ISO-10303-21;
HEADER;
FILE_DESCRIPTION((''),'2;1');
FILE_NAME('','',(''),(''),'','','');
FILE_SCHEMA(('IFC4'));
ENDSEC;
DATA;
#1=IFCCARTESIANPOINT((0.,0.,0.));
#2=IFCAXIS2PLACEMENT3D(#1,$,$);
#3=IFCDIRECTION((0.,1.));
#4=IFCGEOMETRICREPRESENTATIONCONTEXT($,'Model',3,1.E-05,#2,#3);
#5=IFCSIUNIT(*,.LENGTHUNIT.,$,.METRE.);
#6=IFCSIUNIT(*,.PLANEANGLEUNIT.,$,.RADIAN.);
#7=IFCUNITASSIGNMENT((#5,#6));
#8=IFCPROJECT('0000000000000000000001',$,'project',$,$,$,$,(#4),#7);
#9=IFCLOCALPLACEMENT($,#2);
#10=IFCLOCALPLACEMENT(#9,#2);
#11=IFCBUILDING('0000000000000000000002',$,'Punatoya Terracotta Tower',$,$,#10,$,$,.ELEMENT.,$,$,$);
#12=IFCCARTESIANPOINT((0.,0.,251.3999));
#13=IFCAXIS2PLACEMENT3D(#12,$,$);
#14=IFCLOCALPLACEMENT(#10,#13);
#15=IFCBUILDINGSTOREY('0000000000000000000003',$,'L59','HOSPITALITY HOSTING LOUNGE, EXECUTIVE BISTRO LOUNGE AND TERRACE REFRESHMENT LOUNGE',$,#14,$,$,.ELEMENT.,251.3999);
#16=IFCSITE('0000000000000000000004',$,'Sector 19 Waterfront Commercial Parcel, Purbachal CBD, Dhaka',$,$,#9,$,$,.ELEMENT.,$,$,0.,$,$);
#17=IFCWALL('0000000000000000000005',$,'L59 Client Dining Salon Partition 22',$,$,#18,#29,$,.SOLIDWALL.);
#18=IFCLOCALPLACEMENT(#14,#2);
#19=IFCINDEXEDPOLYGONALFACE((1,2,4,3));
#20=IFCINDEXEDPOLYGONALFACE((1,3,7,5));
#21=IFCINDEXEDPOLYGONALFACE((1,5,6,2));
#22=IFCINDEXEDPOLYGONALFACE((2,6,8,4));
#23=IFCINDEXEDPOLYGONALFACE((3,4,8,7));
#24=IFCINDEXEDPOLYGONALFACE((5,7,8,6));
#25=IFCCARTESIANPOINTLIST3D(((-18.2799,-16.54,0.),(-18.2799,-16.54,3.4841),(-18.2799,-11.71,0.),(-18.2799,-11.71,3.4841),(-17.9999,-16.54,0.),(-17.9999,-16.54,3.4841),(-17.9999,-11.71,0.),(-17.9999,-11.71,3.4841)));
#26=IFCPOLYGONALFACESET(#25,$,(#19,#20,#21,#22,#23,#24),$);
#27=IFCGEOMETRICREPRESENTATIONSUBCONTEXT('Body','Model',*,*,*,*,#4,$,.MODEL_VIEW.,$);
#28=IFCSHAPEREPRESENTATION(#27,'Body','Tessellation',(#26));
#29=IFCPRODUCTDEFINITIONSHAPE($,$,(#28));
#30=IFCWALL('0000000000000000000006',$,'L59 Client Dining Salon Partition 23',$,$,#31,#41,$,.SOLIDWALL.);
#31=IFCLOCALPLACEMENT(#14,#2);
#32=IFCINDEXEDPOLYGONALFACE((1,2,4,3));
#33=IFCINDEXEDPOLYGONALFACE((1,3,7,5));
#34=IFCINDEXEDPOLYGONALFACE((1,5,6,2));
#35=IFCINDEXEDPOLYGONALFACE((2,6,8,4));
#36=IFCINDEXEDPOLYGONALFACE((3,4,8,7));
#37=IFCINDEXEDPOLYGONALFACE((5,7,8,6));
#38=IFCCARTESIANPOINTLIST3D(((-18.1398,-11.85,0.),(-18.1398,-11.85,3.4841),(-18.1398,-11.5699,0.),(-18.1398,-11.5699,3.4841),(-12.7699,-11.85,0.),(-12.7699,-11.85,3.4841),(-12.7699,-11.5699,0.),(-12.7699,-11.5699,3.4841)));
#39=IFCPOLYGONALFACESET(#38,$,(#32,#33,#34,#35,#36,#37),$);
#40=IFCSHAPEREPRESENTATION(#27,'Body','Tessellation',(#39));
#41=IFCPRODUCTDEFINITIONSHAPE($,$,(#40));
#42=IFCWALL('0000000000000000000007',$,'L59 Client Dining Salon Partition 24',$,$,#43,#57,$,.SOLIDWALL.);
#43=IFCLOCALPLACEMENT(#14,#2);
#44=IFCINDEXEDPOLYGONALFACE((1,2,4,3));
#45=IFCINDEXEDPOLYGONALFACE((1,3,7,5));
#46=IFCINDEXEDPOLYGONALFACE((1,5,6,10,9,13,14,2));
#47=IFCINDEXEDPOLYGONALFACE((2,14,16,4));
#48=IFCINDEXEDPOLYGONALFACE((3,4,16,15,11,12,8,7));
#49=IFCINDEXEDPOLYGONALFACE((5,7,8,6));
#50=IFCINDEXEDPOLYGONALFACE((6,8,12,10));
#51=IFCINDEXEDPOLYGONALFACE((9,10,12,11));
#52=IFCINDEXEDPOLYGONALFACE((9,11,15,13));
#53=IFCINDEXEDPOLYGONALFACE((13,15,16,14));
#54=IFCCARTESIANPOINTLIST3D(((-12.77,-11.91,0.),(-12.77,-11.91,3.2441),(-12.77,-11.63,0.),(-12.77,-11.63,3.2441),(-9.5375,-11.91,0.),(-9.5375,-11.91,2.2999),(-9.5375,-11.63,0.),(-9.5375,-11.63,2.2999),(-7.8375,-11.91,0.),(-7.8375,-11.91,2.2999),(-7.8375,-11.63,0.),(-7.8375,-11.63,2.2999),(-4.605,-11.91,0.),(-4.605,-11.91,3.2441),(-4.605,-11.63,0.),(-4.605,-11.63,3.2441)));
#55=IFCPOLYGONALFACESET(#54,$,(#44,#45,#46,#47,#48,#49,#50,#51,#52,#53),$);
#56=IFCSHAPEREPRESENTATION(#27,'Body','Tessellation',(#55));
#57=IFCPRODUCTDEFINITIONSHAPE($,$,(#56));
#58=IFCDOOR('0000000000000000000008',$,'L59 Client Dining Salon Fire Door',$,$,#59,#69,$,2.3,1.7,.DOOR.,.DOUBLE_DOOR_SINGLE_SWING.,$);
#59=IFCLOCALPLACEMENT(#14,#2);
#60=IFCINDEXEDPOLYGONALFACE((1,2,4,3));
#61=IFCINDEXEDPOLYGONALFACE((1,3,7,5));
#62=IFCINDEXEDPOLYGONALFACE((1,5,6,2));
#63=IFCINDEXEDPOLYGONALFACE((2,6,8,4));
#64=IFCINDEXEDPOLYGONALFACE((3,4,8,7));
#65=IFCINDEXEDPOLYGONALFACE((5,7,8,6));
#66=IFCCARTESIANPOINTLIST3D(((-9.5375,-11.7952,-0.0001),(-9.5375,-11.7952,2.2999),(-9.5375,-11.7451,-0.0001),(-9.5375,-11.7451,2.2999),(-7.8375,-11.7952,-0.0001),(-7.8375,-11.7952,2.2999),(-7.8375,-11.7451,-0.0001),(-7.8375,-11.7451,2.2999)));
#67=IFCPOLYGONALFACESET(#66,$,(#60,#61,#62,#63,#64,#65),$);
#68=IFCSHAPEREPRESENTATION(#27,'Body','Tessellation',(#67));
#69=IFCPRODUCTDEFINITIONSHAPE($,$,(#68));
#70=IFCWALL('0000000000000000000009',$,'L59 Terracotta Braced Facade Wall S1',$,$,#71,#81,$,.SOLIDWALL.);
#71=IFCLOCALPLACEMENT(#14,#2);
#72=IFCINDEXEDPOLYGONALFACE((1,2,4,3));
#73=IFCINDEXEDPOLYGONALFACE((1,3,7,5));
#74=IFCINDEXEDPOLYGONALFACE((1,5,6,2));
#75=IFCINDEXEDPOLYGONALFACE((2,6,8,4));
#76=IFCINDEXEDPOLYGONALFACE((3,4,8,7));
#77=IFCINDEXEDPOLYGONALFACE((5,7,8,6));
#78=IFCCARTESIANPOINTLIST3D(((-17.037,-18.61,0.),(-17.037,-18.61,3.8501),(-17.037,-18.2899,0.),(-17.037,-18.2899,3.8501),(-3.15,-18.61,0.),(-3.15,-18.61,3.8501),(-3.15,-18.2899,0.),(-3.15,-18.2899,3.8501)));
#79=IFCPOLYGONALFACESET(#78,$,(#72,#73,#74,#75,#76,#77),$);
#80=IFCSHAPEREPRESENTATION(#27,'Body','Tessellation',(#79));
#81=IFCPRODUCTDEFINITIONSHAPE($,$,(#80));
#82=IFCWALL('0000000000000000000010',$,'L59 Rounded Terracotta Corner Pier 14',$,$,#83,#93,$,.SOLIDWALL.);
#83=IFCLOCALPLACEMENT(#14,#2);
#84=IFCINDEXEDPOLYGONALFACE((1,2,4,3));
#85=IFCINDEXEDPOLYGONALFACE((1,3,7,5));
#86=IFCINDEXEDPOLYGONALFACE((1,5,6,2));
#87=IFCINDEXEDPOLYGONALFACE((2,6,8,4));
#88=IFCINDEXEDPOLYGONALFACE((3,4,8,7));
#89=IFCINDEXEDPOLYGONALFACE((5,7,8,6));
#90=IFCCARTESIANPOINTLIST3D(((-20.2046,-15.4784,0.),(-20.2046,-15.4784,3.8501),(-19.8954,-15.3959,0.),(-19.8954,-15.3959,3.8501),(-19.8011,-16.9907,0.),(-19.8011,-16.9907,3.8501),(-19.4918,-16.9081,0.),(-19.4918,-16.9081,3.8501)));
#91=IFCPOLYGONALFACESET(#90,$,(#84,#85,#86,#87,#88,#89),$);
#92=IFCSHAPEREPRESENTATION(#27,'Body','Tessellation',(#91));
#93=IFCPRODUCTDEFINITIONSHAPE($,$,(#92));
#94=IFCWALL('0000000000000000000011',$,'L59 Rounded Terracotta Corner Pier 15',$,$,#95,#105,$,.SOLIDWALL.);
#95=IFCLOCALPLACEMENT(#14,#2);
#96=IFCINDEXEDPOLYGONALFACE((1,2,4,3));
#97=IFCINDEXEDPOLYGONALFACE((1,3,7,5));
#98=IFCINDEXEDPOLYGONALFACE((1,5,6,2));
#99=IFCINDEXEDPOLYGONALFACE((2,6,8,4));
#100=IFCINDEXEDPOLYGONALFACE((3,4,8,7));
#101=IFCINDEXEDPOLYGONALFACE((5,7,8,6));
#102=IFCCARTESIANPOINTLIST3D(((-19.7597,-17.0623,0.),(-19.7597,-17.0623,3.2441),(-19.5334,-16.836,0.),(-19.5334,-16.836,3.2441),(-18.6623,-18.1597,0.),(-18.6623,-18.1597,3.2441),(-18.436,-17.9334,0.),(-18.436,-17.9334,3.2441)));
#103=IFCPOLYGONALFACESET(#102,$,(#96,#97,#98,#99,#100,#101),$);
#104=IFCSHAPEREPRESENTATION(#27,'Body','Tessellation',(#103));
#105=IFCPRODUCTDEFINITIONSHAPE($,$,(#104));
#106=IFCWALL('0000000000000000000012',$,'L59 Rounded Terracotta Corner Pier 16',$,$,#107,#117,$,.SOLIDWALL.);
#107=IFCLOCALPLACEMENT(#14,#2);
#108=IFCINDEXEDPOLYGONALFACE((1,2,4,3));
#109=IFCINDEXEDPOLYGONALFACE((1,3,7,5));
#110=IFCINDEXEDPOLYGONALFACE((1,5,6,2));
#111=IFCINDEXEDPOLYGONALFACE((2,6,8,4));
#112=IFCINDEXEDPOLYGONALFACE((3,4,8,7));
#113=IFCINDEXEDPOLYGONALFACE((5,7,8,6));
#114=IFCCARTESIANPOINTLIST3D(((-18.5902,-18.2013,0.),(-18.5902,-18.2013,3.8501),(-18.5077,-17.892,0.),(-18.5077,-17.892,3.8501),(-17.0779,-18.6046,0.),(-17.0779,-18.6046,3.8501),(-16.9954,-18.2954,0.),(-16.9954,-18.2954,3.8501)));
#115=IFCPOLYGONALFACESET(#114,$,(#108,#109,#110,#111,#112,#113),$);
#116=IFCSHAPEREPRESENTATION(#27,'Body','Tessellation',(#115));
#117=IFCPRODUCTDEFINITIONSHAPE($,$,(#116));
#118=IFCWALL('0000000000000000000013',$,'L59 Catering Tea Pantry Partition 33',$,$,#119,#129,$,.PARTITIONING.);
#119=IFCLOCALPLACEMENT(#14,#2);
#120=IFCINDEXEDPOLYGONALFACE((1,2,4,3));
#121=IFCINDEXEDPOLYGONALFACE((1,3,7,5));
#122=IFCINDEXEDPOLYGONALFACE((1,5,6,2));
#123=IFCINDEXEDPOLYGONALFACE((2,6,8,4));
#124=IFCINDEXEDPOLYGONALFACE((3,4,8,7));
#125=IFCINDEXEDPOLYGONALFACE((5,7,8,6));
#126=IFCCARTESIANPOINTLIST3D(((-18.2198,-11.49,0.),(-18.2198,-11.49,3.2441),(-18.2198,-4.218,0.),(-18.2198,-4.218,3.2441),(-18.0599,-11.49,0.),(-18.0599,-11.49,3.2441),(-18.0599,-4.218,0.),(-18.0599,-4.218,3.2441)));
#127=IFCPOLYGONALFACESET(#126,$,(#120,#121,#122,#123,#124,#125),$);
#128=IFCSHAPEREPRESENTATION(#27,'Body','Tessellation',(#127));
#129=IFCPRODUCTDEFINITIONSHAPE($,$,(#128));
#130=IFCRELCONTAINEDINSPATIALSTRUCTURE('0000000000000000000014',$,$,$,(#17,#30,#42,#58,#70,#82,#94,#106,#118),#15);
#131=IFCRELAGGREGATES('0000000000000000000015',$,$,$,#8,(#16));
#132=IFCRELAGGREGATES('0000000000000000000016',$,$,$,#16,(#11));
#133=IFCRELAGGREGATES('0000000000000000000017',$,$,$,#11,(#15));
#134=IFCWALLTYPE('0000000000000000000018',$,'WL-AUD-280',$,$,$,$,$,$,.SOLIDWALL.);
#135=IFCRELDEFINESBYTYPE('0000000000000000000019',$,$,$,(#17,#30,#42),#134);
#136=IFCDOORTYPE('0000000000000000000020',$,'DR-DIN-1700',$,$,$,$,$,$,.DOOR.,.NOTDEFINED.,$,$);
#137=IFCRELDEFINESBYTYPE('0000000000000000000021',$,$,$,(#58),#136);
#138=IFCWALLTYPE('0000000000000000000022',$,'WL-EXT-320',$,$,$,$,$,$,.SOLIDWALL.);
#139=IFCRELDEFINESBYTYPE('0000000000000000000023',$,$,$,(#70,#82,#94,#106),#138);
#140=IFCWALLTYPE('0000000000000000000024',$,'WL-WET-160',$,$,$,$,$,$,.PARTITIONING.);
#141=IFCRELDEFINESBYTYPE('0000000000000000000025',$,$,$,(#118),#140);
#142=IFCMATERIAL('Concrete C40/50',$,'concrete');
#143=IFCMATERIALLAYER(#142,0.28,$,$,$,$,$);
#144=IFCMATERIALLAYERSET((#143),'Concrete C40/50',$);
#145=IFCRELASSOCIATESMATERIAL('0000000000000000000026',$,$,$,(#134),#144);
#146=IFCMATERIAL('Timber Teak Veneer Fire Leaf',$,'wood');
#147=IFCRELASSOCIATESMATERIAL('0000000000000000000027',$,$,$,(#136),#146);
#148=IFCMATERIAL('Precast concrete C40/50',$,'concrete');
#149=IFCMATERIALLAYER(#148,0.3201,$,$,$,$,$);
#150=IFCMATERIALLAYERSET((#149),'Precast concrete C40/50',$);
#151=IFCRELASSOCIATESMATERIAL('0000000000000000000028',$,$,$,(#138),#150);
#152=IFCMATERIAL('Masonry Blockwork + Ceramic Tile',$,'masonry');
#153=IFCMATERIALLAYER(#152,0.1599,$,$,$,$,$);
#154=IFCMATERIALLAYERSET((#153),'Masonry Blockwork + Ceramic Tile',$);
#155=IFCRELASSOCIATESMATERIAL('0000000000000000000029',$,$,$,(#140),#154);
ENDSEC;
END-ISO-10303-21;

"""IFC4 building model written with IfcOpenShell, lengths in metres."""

from ifc_helpers import new_model, si_unit, direction, frame, frame_2d, origin, place, context, subcontext, project, spatial, rectangle, extrude, material, layer, layer_set, type_object, element, fill, save


model = new_model("IFC4")

# Units and contexts
model_context = context("Model", 3, precision=1e-05, world=origin(), true_north=direction((0.0, 1.0)))
body_context = subcontext(model_context, "Body", "Model", "MODEL_VIEW")
ifc_project = project(units=[si_unit("LENGTHUNIT", "METRE"), si_unit("PLANEANGLEUNIT", "RADIAN")], contexts=[model_context])

# Site, building, storey
site_placement = place(None, origin())
site = spatial("IfcSite", under=ifc_project, at=site_placement, Name="Sector 19 Waterfront Commercial Parcel, Purbachal CBD, Dhaka", CompositionType="ELEMENT", RefElevation=0.0)
building_placement = place(site_placement, origin())
building = spatial("IfcBuilding", under=site, at=building_placement, Name="Punatoya Terracotta Tower", CompositionType="ELEMENT")
storey_placement = place(building_placement, frame((0.0, 0.0, 251.3999)))
storey = spatial("IfcBuildingStorey", under=building, at=storey_placement, Name="L59", Description="HOSPITALITY HOSTING LOUNGE, EXECUTIVE BISTRO LOUNGE AND TERRACE REFRESHMENT LOUNGE", CompositionType="ELEMENT", Elevation=251.3999)

# Walls
ifc_material_1 = material(Name="Concrete C40/50", Category="concrete")
ifc_layer_1 = layer(ifc_material_1, 0.28)
ifc_layer_set_1 = layer_set([ifc_layer_1], Name="Concrete C40/50")
wall_type_1 = type_object("IfcWallType", Name="WL-AUD-280", PredefinedType="SOLIDWALL", material=ifc_layer_set_1)
wall_1_placement = place(storey_placement, frame((-18.1399, -16.54, 0.0), z_axis=(0.0, 0.0, 1.0), x_axis=(0.0, 1.0, 0.0)))
element("IfcWall", 1, at=wall_1_placement, inside=storey, type_object=wall_type_1, Name="L59 Client Dining Salon Partition 22", PredefinedType="SOLIDWALL", context=body_context, shape_type="SweptSolid", body=[
    extrude(rectangle(XDim=4.8301, YDim=0.28, at=frame_2d((2.415, 0.0))), origin(), (0.0, 0.0, 1.0), 3.4841),
])
wall_2_placement = place(storey_placement, frame((-18.1399, -11.71, 0.0), z_axis=(0.0, 0.0, 1.0), x_axis=(1.0, 0.0, 0.0)))
element("IfcWall", 2, at=wall_2_placement, inside=storey, type_object=wall_type_1, Name="L59 Client Dining Salon Partition 23", PredefinedType="SOLIDWALL", context=body_context, shape_type="SweptSolid", body=[
    extrude(rectangle(XDim=5.3699, YDim=0.28, at=frame_2d((2.6851, 0.0))), origin(), (0.0, 0.0, 1.0), 3.4841),
])

# Wall, opening, door
wall_3_placement = place(storey_placement, frame((-12.77, -11.77, 0.0), z_axis=(0.0, 0.0, 1.0), x_axis=(1.0, 0.0, 0.0)))
wall_3 = element("IfcWall", 3, at=wall_3_placement, inside=storey, type_object=wall_type_1, Name="L59 Client Dining Salon Partition 24", PredefinedType="SOLIDWALL", context=body_context, shape_type="SweptSolid", body=[
    extrude(rectangle(XDim=8.165, YDim=0.28, at=frame_2d((4.0825, 0.0))), origin(), (0.0, 0.0, 1.0), 3.2441),
])
opening_placement = place(wall_3_placement, frame((3.2324, 0.0, 0.0)))
opening = element("IfcOpeningElement", 4, at=opening_placement, cuts=wall_3, PredefinedType="OPENING", context=body_context, shape_type="SweptSolid", body=[
    extrude(rectangle(XDim=1.7, YDim=2.3, at=frame_2d((0.8501, 1.1499))), frame((0.0, 0.1499, 0.0), z_axis=(0.0, -1.0, 0.0), x_axis=(1.0, 0.0, 0.0)), (0.0, 0.0, 1.0), 0.3),
])
ifc_material_2 = material(Name="Timber Teak Veneer Fire Leaf", Category="wood")
door_type = type_object("IfcDoorType", Name="DR-DIN-1700", OperationType="NOTDEFINED", PredefinedType="DOOR", material=ifc_material_2)
door_placement = place(opening_placement, origin())
door = element("IfcDoor", 5, at=door_placement, inside=storey, type_object=door_type, Name="L59 Client Dining Salon Fire Door", OperationType="DOUBLE_DOOR_SINGLE_SWING", OverallHeight=2.3, OverallWidth=1.7, PredefinedType="DOOR", context=body_context, shape_type="SweptSolid", body=[
    extrude(rectangle(XDim=1.7, YDim=2.3, at=frame_2d((0.8501, 1.1499))), frame((0.0, 0.0249, 0.0), z_axis=(0.0, -1.0, 0.0), x_axis=(1.0, 0.0, 0.0)), (0.0, 0.0, 1.0), 0.05),
])
fill(opening, door)

# Walls
ifc_material_3 = material(Name="Precast concrete C40/50", Category="concrete")
ifc_layer_2 = layer(ifc_material_3, 0.3201)
ifc_layer_set_2 = layer_set([ifc_layer_2], Name="Precast concrete C40/50")
wall_type_2 = type_object("IfcWallType", Name="WL-EXT-320", PredefinedType="SOLIDWALL", material=ifc_layer_set_2)
wall_4_placement = place(storey_placement, frame((-17.0369, -18.45, 0.0), z_axis=(0.0, 0.0, 1.0), x_axis=(1.0, 0.0, 0.0)))
element("IfcWall", 6, at=wall_4_placement, inside=storey, type_object=wall_type_2, Name="L59 Terracotta Braced Facade Wall S1", PredefinedType="SOLIDWALL", context=body_context, shape_type="SweptSolid", body=[
    extrude(rectangle(XDim=13.887, YDim=0.3201, at=frame_2d((6.9434, 0.0))), origin(), (0.0, 0.0, 1.0), 3.8501),
])
wall_5_placement = place(storey_placement, frame((-20.05, -15.437, 0.0), z_axis=(0.0, 0.0, 1.0), x_axis=(0.257847, -0.966186, 0.0)))
element("IfcWall", 7, at=wall_5_placement, inside=storey, type_object=wall_type_2, Name="L59 Rounded Terracotta Corner Pier 14", PredefinedType="SOLIDWALL", context=body_context, shape_type="SweptSolid", body=[
    extrude(rectangle(XDim=1.5652, YDim=0.3201, at=frame_2d((0.7827, 0.0))), origin(), (0.0, 0.0, 1.0), 3.8501),
])
wall_6_placement = place(storey_placement, frame((-19.6465, -16.9492, 0.0), z_axis=(0.0, 0.0, 1.0), x_axis=(0.707107, -0.707107, 0.0)))
element("IfcWall", 8, at=wall_6_placement, inside=storey, type_object=wall_type_2, Name="L59 Rounded Terracotta Corner Pier 15", PredefinedType="SOLIDWALL", context=body_context, shape_type="SweptSolid", body=[
    extrude(rectangle(XDim=1.552, YDim=0.3201, at=frame_2d((0.7759, 0.0))), origin(), (0.0, 0.0, 1.0), 3.2441),
])
wall_7_placement = place(storey_placement, frame((-18.5491, -18.0466, 0.0), z_axis=(0.0, 0.0, 1.0), x_axis=(0.966225, -0.257701, 0.0)))
element("IfcWall", 9, at=wall_7_placement, inside=storey, type_object=wall_type_2, Name="L59 Rounded Terracotta Corner Pier 16", PredefinedType="SOLIDWALL", context=body_context, shape_type="SweptSolid", body=[
    extrude(rectangle(XDim=1.5652, YDim=0.3201, at=frame_2d((0.7827, 0.0))), origin(), (0.0, 0.0, 1.0), 3.8501),
])
ifc_material_4 = material(Name="Masonry Blockwork + Ceramic Tile", Category="masonry")
ifc_layer_3 = layer(ifc_material_4, 0.1599)
ifc_layer_set_3 = layer_set([ifc_layer_3], Name="Masonry Blockwork + Ceramic Tile")
wall_type_3 = type_object("IfcWallType", Name="WL-WET-160", PredefinedType="PARTITIONING", material=ifc_layer_set_3)
wall_8_placement = place(storey_placement, frame((-18.1399, -11.49, 0.0), z_axis=(0.0, 0.0, 1.0), x_axis=(0.0, 1.0, 0.0)))
element("IfcWall", 10, at=wall_8_placement, inside=storey, type_object=wall_type_3, Name="L59 Catering Tea Pantry Partition 33", PredefinedType="PARTITIONING", context=body_context, shape_type="SweptSolid", body=[
    extrude(rectangle(XDim=7.272, YDim=0.1599, at=frame_2d((3.636, 0.0))), origin(), (0.0, 0.0, 1.0), 3.2441),
])

save(model, "model.ifc")
